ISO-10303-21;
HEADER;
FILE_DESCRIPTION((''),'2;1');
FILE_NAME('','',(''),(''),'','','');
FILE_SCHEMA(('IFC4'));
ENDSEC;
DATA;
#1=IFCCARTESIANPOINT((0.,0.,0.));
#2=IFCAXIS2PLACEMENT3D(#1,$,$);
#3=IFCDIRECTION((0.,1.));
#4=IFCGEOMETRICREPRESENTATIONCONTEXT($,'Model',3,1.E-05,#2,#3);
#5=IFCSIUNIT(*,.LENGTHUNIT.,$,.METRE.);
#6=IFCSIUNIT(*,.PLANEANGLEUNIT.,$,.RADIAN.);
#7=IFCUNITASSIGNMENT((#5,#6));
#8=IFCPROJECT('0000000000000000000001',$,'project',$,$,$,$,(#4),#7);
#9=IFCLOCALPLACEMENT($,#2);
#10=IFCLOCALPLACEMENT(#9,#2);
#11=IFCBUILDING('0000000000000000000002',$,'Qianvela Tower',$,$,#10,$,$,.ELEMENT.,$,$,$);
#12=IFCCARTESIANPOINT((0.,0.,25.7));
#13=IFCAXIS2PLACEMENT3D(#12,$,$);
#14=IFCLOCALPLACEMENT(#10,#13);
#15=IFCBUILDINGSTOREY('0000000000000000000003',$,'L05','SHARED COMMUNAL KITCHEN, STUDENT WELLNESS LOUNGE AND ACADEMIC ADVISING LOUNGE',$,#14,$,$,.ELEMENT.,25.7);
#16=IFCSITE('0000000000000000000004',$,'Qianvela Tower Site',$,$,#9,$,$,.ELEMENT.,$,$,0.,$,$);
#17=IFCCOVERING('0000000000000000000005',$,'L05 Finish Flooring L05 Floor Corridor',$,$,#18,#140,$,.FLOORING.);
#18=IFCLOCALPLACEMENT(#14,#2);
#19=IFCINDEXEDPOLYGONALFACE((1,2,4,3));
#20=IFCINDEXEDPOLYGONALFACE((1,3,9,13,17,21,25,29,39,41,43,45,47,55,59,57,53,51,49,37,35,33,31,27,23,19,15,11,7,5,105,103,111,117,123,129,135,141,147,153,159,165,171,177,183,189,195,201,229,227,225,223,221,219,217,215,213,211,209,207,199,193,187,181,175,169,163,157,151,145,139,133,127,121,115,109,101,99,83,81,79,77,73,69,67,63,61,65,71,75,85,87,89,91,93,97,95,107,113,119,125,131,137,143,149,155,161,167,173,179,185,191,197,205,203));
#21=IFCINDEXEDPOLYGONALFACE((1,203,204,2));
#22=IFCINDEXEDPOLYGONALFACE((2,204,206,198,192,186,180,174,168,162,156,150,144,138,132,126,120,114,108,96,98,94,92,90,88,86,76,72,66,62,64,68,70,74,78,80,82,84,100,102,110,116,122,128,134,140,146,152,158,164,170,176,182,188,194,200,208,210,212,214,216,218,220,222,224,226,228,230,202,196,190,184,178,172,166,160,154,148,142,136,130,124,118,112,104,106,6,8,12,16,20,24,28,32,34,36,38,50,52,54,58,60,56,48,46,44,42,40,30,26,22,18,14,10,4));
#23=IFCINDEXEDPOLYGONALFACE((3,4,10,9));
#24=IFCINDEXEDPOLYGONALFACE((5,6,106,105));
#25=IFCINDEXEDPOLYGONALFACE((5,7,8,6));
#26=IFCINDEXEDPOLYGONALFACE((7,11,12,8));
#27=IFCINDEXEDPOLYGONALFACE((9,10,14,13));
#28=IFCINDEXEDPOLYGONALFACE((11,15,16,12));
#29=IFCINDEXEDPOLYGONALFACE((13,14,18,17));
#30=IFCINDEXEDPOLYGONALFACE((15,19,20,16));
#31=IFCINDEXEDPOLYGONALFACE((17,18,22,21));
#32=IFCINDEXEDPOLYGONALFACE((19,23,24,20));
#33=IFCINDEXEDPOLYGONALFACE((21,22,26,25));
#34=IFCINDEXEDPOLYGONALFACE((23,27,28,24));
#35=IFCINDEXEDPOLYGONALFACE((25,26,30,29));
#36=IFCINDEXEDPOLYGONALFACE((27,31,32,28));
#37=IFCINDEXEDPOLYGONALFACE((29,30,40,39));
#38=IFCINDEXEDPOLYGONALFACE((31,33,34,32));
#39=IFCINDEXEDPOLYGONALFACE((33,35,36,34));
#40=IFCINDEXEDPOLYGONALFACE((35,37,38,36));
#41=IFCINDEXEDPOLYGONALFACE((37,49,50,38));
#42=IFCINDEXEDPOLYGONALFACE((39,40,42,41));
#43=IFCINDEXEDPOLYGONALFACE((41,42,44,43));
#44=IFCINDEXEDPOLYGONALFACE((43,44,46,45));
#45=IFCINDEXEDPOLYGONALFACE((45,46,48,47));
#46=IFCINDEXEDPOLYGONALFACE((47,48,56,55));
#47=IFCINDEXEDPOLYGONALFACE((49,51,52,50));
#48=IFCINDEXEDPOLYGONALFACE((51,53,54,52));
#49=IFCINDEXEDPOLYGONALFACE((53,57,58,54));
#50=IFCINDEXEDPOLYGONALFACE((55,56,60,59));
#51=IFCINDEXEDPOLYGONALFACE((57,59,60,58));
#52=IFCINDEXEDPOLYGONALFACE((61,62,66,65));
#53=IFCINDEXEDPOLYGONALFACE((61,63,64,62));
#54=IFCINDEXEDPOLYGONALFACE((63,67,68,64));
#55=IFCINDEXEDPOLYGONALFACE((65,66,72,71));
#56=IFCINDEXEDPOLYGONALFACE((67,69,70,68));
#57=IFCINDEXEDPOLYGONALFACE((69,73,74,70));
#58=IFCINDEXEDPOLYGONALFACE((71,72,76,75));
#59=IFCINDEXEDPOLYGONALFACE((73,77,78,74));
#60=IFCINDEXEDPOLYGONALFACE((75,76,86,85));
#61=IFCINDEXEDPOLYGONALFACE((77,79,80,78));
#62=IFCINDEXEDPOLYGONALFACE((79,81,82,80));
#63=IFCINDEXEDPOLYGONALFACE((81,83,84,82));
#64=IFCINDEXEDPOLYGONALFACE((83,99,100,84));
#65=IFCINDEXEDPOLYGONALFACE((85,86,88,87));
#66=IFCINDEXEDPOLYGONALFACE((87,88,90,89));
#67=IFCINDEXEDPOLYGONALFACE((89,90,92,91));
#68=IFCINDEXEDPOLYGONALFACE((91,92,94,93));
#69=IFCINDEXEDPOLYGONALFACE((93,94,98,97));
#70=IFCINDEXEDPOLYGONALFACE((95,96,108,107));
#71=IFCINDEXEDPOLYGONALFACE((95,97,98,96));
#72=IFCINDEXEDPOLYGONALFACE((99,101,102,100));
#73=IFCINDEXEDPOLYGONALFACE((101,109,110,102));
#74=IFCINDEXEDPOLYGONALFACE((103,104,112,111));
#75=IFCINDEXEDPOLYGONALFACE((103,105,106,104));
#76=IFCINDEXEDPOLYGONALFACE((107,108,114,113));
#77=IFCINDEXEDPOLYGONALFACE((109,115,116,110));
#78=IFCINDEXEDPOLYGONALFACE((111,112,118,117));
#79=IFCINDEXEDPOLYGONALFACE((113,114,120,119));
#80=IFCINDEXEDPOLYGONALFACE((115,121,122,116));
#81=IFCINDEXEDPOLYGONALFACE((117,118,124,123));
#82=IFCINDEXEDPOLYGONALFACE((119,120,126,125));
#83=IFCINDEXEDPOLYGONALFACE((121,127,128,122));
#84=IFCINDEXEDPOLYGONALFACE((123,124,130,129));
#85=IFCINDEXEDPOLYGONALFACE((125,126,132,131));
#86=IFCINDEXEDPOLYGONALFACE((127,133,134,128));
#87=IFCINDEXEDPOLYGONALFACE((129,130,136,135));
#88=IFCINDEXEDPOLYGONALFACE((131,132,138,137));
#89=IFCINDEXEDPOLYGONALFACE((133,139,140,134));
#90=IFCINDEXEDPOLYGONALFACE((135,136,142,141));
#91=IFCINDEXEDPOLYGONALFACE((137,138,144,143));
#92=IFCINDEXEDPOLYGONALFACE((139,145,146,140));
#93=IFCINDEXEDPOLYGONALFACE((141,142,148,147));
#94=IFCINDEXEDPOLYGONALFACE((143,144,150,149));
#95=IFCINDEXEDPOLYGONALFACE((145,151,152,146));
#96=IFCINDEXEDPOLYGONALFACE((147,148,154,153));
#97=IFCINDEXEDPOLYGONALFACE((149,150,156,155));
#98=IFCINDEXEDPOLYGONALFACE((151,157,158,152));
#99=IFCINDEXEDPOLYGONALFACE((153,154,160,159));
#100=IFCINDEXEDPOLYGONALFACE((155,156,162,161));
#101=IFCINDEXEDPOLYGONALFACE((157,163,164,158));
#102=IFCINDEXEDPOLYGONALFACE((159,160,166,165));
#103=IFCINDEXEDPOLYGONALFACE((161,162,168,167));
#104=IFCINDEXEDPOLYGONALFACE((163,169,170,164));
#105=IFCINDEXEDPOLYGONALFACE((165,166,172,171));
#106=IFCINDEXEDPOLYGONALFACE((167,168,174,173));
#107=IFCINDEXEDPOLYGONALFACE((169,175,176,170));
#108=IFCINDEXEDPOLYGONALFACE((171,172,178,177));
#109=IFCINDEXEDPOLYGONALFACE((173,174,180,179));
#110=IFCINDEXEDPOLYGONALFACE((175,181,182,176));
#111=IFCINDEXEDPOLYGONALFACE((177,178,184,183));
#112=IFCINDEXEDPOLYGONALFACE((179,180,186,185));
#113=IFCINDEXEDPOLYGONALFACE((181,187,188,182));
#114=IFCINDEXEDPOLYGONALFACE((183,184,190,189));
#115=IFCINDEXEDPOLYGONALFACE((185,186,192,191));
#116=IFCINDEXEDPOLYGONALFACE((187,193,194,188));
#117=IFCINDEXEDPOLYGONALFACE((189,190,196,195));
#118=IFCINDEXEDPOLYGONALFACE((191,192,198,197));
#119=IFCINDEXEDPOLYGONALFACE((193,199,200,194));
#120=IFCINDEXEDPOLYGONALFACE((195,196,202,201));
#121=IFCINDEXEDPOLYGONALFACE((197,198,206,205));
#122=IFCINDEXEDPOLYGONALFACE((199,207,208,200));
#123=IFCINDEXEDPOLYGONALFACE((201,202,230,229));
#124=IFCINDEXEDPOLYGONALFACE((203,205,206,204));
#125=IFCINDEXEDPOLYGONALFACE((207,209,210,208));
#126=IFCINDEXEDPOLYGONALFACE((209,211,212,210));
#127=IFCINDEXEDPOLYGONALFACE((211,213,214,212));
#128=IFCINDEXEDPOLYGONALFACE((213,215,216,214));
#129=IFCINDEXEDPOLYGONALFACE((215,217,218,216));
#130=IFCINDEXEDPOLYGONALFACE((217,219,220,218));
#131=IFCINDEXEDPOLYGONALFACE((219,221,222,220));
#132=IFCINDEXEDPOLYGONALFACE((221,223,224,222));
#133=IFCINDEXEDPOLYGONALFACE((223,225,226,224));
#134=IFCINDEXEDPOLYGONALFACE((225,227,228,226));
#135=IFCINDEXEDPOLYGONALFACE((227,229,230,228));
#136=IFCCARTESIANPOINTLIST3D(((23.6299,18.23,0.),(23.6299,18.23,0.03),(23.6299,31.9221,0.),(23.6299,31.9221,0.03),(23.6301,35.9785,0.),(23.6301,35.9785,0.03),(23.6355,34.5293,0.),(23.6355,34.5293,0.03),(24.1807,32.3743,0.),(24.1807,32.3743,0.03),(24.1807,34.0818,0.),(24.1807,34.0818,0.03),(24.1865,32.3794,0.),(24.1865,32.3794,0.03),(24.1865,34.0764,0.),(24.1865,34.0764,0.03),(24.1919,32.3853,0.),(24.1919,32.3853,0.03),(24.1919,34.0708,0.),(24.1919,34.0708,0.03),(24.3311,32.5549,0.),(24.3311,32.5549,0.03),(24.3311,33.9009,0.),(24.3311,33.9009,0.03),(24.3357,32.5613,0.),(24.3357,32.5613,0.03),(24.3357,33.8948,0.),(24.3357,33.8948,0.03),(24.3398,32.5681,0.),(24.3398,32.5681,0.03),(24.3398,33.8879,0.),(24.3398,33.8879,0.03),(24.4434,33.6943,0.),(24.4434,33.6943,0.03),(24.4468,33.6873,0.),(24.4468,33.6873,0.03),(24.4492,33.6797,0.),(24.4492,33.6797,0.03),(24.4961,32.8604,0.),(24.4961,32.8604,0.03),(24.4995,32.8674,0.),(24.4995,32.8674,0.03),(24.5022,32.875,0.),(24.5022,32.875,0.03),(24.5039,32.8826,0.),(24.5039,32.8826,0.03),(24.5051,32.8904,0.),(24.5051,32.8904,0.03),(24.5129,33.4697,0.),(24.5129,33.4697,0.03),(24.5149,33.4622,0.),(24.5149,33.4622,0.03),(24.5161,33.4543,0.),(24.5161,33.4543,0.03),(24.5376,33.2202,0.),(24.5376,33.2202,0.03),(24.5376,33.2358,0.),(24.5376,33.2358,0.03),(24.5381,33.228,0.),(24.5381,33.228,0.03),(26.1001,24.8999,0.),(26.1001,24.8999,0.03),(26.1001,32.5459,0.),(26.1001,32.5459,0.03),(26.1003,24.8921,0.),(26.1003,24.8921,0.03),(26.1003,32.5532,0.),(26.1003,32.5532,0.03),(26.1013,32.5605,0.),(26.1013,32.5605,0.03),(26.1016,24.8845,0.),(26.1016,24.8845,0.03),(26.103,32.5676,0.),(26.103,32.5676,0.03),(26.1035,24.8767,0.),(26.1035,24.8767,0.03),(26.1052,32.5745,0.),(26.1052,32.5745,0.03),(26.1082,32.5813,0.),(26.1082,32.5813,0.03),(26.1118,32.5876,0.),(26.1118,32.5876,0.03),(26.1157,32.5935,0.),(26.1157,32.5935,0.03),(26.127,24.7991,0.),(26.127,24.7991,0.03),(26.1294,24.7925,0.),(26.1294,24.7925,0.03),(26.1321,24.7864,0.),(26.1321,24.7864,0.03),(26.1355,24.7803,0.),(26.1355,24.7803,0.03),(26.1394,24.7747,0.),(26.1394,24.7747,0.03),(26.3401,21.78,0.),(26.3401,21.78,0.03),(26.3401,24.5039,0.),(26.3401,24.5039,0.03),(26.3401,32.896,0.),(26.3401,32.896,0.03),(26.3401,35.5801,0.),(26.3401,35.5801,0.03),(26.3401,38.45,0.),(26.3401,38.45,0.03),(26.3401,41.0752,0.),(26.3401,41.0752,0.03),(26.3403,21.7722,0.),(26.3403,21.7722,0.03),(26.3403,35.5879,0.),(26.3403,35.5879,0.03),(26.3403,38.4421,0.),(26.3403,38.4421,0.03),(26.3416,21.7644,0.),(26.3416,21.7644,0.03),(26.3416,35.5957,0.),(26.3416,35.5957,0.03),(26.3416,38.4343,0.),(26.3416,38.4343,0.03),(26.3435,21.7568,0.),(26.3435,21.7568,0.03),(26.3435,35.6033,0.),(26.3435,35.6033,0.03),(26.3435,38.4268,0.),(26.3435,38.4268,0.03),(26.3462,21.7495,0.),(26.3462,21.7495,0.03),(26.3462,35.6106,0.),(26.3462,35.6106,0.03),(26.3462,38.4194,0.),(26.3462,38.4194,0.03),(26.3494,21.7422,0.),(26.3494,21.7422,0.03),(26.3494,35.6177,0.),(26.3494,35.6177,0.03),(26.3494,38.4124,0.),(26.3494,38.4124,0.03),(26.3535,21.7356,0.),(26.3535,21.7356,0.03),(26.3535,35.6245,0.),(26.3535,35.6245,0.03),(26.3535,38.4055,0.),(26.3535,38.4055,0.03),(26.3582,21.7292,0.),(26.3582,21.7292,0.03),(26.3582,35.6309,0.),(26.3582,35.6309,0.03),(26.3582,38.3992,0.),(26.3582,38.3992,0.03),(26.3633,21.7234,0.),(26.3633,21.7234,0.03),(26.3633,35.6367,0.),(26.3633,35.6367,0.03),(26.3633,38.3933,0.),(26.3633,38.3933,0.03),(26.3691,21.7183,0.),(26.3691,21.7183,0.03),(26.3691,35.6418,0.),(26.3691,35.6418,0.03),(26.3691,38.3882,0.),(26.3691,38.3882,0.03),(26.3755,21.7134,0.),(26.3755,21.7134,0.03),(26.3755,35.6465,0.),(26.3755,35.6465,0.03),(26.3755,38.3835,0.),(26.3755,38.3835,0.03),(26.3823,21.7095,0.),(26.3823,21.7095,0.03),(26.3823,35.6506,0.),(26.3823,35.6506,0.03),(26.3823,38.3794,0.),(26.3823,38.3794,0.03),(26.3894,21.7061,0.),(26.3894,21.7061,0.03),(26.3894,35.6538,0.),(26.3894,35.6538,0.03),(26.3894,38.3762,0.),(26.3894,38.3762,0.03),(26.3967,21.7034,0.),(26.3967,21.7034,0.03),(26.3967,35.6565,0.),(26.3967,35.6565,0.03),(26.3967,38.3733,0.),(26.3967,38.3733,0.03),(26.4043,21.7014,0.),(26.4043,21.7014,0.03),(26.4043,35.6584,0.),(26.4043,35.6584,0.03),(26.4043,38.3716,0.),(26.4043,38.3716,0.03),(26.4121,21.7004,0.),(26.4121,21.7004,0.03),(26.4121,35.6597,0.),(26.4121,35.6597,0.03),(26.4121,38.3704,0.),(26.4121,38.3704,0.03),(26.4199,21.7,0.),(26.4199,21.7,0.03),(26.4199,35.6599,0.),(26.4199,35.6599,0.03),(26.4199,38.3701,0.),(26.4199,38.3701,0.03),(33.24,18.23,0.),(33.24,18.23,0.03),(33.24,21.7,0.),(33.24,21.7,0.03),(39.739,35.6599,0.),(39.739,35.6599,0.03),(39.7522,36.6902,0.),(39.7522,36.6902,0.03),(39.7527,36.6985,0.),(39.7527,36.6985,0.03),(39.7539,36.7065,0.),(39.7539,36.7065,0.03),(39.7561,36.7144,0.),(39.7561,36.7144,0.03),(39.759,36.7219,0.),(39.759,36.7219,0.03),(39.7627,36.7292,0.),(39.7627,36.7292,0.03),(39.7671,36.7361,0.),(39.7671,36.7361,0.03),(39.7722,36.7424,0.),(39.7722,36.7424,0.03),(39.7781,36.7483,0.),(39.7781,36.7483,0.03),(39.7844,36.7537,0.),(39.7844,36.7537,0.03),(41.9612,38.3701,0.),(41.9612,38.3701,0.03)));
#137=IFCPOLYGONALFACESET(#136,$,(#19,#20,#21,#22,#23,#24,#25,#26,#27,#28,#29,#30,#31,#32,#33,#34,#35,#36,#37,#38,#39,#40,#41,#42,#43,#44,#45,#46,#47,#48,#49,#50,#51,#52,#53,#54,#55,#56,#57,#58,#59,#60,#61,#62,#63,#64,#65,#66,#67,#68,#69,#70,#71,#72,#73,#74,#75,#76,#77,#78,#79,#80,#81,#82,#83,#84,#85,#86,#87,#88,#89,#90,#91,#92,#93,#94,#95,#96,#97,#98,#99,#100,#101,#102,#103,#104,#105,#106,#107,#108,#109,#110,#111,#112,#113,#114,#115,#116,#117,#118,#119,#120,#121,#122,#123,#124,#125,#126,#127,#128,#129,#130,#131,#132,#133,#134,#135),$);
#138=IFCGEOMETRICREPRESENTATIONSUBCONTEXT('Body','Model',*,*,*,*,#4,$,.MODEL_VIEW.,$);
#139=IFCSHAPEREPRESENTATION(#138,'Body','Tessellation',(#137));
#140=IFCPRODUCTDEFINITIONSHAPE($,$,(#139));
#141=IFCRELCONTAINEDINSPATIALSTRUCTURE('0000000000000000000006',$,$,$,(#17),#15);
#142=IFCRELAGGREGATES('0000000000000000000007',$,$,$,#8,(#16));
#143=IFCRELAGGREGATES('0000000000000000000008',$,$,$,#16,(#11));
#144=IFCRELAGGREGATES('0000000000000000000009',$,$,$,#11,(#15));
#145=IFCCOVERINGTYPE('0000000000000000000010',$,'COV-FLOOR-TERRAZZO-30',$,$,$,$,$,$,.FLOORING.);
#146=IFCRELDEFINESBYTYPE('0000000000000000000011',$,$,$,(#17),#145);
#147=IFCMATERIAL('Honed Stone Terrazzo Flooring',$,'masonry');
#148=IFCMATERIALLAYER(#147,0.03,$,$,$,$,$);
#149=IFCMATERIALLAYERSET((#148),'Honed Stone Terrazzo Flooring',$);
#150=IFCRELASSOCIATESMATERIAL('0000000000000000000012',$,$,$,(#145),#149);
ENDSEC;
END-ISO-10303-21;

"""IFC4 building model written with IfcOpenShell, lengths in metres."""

from ifc_helpers import new_model, si_unit, direction, frame, origin, place, context, subcontext, project, spatial, polyline, outline, extrude, material, layer, layer_set, type_object, element, save


model = new_model("IFC4")

# Units and contexts
model_context = context("Model", 3, precision=1e-05, world=origin(), true_north=direction((0.0, 1.0)))
body_context = subcontext(model_context, "Body", "Model", "MODEL_VIEW")
ifc_project = project(units=[si_unit("LENGTHUNIT", "METRE"), si_unit("PLANEANGLEUNIT", "RADIAN")], contexts=[model_context])

# Site, building, storey
site_placement = place(None, origin())
site = spatial("IfcSite", under=ifc_project, at=site_placement, Name="Qianvela Tower Site", CompositionType="ELEMENT", RefElevation=0.0)
building_placement = place(site_placement, origin())
building = spatial("IfcBuilding", under=site, at=building_placement, Name="Qianvela Tower", CompositionType="ELEMENT")
storey_placement = place(building_placement, frame((0.0, 0.0, 25.7)))
storey = spatial("IfcBuildingStorey", under=building, at=storey_placement, Name="L05", Description="SHARED COMMUNAL KITCHEN, STUDENT WELLNESS LOUNGE AND ACADEMIC ADVISING LOUNGE", CompositionType="ELEMENT", Elevation=25.7)

# Covering
ifc_material_1 = material(Name="Honed Stone Terrazzo Flooring", Category="masonry")
ifc_layer_1 = layer(ifc_material_1, 0.03)
ifc_layer_set_1 = layer_set([ifc_layer_1], Name="Honed Stone Terrazzo Flooring")
covering_type_1 = type_object("IfcCoveringType", Name="COV-FLOOR-TERRAZZO-30", PredefinedType="FLOORING", material=ifc_layer_set_1)
covering_1_placement = place(storey_placement, origin())
element("IfcCovering", 1, at=covering_1_placement, inside=storey, type_object=covering_type_1, Name="L05 Finish Flooring L05 Floor Corridor", PredefinedType="FLOORING", context=body_context, shape_type="SweptSolid", body=[
    extrude(outline(polyline([(24.5161, 33.4543), (24.5149, 33.4622), (24.5129, 33.4697), (24.4492, 33.6797), (24.4468, 33.6873), (24.4434, 33.6943), (24.3398, 33.8879), (24.3357, 33.8948), (24.3311, 33.9009), (24.1919, 34.0708), (24.1865, 34.0764), (24.1807, 34.0818), (23.6355, 34.5293), (23.6301, 35.9785), (26.3401, 41.0752), (26.3401, 38.45), (26.3403, 38.4421), (26.3416, 38.4343), (26.3435, 38.4268), (26.3462, 38.4194), (26.3494, 38.4124), (26.3535, 38.4055), (26.3582, 38.3992), (26.3633, 38.3933), (26.3691, 38.3882), (26.3755, 38.3835), (26.3823, 38.3794), (26.3894, 38.3762), (26.3967, 38.3733), (26.4043, 38.3716), (26.4121, 38.3704), (26.4199, 38.3701), (41.9612, 38.3701), (39.7844, 36.7537), (39.7781, 36.7483), (39.7722, 36.7424), (39.7671, 36.7361), (39.7627, 36.7292), (39.759, 36.7219), (39.7561, 36.7144), (39.7539, 36.7065), (39.7527, 36.6985), (39.7522, 36.6902), (39.739, 35.6599), (26.4199, 35.6599), (26.4121, 35.6597), (26.4043, 35.6584), (26.3967, 35.6565), (26.3894, 35.6538), (26.3823, 35.6506), (26.3755, 35.6465), (26.3691, 35.6418), (26.3633, 35.6367), (26.3582, 35.6309), (26.3535, 35.6245), (26.3494, 35.6177), (26.3462, 35.6106), (26.3435, 35.6033), (26.3416, 35.5957), (26.3403, 35.5879), (26.3401, 35.5801), (26.3401, 32.896), (26.1157, 32.5935), (26.1118, 32.5876), (26.1082, 32.5813), (26.1052, 32.5745), (26.103, 32.5676), (26.1013, 32.5605), (26.1003, 32.5532), (26.1001, 32.5459), (26.1001, 24.8999), (26.1003, 24.8921), (26.1016, 24.8845), (26.1035, 24.8767), (26.127, 24.7991), (26.1294, 24.7925), (26.1321, 24.7864), (26.1355, 24.7803), (26.1394, 24.7747), (26.3401, 24.5039), (26.3401, 21.78), (26.3403, 21.7722), (26.3416, 21.7644), (26.3435, 21.7568), (26.3462, 21.7495), (26.3494, 21.7422), (26.3535, 21.7356), (26.3582, 21.7292), (26.3633, 21.7234), (26.3691, 21.7183), (26.3755, 21.7134), (26.3823, 21.7095), (26.3894, 21.7061), (26.3967, 21.7034), (26.4043, 21.7014), (26.4121, 21.7004), (26.4199, 21.7), (33.24, 21.7), (33.24, 18.23), (23.6299, 18.23), (23.6299, 31.9221), (24.1807, 32.3743), (24.1865, 32.3794), (24.1919, 32.3853), (24.3311, 32.5549), (24.3357, 32.5613), (24.3398, 32.5681), (24.4961, 32.8604), (24.4995, 32.8674), (24.5022, 32.875), (24.5039, 32.8826), (24.5051, 32.8904), (24.5376, 33.2202), (24.5381, 33.228), (24.5376, 33.2358), (24.5161, 33.4543)])), origin(), (0.0, 0.0, 1.0), 0.03),
])

save(model, "model.ifc")
